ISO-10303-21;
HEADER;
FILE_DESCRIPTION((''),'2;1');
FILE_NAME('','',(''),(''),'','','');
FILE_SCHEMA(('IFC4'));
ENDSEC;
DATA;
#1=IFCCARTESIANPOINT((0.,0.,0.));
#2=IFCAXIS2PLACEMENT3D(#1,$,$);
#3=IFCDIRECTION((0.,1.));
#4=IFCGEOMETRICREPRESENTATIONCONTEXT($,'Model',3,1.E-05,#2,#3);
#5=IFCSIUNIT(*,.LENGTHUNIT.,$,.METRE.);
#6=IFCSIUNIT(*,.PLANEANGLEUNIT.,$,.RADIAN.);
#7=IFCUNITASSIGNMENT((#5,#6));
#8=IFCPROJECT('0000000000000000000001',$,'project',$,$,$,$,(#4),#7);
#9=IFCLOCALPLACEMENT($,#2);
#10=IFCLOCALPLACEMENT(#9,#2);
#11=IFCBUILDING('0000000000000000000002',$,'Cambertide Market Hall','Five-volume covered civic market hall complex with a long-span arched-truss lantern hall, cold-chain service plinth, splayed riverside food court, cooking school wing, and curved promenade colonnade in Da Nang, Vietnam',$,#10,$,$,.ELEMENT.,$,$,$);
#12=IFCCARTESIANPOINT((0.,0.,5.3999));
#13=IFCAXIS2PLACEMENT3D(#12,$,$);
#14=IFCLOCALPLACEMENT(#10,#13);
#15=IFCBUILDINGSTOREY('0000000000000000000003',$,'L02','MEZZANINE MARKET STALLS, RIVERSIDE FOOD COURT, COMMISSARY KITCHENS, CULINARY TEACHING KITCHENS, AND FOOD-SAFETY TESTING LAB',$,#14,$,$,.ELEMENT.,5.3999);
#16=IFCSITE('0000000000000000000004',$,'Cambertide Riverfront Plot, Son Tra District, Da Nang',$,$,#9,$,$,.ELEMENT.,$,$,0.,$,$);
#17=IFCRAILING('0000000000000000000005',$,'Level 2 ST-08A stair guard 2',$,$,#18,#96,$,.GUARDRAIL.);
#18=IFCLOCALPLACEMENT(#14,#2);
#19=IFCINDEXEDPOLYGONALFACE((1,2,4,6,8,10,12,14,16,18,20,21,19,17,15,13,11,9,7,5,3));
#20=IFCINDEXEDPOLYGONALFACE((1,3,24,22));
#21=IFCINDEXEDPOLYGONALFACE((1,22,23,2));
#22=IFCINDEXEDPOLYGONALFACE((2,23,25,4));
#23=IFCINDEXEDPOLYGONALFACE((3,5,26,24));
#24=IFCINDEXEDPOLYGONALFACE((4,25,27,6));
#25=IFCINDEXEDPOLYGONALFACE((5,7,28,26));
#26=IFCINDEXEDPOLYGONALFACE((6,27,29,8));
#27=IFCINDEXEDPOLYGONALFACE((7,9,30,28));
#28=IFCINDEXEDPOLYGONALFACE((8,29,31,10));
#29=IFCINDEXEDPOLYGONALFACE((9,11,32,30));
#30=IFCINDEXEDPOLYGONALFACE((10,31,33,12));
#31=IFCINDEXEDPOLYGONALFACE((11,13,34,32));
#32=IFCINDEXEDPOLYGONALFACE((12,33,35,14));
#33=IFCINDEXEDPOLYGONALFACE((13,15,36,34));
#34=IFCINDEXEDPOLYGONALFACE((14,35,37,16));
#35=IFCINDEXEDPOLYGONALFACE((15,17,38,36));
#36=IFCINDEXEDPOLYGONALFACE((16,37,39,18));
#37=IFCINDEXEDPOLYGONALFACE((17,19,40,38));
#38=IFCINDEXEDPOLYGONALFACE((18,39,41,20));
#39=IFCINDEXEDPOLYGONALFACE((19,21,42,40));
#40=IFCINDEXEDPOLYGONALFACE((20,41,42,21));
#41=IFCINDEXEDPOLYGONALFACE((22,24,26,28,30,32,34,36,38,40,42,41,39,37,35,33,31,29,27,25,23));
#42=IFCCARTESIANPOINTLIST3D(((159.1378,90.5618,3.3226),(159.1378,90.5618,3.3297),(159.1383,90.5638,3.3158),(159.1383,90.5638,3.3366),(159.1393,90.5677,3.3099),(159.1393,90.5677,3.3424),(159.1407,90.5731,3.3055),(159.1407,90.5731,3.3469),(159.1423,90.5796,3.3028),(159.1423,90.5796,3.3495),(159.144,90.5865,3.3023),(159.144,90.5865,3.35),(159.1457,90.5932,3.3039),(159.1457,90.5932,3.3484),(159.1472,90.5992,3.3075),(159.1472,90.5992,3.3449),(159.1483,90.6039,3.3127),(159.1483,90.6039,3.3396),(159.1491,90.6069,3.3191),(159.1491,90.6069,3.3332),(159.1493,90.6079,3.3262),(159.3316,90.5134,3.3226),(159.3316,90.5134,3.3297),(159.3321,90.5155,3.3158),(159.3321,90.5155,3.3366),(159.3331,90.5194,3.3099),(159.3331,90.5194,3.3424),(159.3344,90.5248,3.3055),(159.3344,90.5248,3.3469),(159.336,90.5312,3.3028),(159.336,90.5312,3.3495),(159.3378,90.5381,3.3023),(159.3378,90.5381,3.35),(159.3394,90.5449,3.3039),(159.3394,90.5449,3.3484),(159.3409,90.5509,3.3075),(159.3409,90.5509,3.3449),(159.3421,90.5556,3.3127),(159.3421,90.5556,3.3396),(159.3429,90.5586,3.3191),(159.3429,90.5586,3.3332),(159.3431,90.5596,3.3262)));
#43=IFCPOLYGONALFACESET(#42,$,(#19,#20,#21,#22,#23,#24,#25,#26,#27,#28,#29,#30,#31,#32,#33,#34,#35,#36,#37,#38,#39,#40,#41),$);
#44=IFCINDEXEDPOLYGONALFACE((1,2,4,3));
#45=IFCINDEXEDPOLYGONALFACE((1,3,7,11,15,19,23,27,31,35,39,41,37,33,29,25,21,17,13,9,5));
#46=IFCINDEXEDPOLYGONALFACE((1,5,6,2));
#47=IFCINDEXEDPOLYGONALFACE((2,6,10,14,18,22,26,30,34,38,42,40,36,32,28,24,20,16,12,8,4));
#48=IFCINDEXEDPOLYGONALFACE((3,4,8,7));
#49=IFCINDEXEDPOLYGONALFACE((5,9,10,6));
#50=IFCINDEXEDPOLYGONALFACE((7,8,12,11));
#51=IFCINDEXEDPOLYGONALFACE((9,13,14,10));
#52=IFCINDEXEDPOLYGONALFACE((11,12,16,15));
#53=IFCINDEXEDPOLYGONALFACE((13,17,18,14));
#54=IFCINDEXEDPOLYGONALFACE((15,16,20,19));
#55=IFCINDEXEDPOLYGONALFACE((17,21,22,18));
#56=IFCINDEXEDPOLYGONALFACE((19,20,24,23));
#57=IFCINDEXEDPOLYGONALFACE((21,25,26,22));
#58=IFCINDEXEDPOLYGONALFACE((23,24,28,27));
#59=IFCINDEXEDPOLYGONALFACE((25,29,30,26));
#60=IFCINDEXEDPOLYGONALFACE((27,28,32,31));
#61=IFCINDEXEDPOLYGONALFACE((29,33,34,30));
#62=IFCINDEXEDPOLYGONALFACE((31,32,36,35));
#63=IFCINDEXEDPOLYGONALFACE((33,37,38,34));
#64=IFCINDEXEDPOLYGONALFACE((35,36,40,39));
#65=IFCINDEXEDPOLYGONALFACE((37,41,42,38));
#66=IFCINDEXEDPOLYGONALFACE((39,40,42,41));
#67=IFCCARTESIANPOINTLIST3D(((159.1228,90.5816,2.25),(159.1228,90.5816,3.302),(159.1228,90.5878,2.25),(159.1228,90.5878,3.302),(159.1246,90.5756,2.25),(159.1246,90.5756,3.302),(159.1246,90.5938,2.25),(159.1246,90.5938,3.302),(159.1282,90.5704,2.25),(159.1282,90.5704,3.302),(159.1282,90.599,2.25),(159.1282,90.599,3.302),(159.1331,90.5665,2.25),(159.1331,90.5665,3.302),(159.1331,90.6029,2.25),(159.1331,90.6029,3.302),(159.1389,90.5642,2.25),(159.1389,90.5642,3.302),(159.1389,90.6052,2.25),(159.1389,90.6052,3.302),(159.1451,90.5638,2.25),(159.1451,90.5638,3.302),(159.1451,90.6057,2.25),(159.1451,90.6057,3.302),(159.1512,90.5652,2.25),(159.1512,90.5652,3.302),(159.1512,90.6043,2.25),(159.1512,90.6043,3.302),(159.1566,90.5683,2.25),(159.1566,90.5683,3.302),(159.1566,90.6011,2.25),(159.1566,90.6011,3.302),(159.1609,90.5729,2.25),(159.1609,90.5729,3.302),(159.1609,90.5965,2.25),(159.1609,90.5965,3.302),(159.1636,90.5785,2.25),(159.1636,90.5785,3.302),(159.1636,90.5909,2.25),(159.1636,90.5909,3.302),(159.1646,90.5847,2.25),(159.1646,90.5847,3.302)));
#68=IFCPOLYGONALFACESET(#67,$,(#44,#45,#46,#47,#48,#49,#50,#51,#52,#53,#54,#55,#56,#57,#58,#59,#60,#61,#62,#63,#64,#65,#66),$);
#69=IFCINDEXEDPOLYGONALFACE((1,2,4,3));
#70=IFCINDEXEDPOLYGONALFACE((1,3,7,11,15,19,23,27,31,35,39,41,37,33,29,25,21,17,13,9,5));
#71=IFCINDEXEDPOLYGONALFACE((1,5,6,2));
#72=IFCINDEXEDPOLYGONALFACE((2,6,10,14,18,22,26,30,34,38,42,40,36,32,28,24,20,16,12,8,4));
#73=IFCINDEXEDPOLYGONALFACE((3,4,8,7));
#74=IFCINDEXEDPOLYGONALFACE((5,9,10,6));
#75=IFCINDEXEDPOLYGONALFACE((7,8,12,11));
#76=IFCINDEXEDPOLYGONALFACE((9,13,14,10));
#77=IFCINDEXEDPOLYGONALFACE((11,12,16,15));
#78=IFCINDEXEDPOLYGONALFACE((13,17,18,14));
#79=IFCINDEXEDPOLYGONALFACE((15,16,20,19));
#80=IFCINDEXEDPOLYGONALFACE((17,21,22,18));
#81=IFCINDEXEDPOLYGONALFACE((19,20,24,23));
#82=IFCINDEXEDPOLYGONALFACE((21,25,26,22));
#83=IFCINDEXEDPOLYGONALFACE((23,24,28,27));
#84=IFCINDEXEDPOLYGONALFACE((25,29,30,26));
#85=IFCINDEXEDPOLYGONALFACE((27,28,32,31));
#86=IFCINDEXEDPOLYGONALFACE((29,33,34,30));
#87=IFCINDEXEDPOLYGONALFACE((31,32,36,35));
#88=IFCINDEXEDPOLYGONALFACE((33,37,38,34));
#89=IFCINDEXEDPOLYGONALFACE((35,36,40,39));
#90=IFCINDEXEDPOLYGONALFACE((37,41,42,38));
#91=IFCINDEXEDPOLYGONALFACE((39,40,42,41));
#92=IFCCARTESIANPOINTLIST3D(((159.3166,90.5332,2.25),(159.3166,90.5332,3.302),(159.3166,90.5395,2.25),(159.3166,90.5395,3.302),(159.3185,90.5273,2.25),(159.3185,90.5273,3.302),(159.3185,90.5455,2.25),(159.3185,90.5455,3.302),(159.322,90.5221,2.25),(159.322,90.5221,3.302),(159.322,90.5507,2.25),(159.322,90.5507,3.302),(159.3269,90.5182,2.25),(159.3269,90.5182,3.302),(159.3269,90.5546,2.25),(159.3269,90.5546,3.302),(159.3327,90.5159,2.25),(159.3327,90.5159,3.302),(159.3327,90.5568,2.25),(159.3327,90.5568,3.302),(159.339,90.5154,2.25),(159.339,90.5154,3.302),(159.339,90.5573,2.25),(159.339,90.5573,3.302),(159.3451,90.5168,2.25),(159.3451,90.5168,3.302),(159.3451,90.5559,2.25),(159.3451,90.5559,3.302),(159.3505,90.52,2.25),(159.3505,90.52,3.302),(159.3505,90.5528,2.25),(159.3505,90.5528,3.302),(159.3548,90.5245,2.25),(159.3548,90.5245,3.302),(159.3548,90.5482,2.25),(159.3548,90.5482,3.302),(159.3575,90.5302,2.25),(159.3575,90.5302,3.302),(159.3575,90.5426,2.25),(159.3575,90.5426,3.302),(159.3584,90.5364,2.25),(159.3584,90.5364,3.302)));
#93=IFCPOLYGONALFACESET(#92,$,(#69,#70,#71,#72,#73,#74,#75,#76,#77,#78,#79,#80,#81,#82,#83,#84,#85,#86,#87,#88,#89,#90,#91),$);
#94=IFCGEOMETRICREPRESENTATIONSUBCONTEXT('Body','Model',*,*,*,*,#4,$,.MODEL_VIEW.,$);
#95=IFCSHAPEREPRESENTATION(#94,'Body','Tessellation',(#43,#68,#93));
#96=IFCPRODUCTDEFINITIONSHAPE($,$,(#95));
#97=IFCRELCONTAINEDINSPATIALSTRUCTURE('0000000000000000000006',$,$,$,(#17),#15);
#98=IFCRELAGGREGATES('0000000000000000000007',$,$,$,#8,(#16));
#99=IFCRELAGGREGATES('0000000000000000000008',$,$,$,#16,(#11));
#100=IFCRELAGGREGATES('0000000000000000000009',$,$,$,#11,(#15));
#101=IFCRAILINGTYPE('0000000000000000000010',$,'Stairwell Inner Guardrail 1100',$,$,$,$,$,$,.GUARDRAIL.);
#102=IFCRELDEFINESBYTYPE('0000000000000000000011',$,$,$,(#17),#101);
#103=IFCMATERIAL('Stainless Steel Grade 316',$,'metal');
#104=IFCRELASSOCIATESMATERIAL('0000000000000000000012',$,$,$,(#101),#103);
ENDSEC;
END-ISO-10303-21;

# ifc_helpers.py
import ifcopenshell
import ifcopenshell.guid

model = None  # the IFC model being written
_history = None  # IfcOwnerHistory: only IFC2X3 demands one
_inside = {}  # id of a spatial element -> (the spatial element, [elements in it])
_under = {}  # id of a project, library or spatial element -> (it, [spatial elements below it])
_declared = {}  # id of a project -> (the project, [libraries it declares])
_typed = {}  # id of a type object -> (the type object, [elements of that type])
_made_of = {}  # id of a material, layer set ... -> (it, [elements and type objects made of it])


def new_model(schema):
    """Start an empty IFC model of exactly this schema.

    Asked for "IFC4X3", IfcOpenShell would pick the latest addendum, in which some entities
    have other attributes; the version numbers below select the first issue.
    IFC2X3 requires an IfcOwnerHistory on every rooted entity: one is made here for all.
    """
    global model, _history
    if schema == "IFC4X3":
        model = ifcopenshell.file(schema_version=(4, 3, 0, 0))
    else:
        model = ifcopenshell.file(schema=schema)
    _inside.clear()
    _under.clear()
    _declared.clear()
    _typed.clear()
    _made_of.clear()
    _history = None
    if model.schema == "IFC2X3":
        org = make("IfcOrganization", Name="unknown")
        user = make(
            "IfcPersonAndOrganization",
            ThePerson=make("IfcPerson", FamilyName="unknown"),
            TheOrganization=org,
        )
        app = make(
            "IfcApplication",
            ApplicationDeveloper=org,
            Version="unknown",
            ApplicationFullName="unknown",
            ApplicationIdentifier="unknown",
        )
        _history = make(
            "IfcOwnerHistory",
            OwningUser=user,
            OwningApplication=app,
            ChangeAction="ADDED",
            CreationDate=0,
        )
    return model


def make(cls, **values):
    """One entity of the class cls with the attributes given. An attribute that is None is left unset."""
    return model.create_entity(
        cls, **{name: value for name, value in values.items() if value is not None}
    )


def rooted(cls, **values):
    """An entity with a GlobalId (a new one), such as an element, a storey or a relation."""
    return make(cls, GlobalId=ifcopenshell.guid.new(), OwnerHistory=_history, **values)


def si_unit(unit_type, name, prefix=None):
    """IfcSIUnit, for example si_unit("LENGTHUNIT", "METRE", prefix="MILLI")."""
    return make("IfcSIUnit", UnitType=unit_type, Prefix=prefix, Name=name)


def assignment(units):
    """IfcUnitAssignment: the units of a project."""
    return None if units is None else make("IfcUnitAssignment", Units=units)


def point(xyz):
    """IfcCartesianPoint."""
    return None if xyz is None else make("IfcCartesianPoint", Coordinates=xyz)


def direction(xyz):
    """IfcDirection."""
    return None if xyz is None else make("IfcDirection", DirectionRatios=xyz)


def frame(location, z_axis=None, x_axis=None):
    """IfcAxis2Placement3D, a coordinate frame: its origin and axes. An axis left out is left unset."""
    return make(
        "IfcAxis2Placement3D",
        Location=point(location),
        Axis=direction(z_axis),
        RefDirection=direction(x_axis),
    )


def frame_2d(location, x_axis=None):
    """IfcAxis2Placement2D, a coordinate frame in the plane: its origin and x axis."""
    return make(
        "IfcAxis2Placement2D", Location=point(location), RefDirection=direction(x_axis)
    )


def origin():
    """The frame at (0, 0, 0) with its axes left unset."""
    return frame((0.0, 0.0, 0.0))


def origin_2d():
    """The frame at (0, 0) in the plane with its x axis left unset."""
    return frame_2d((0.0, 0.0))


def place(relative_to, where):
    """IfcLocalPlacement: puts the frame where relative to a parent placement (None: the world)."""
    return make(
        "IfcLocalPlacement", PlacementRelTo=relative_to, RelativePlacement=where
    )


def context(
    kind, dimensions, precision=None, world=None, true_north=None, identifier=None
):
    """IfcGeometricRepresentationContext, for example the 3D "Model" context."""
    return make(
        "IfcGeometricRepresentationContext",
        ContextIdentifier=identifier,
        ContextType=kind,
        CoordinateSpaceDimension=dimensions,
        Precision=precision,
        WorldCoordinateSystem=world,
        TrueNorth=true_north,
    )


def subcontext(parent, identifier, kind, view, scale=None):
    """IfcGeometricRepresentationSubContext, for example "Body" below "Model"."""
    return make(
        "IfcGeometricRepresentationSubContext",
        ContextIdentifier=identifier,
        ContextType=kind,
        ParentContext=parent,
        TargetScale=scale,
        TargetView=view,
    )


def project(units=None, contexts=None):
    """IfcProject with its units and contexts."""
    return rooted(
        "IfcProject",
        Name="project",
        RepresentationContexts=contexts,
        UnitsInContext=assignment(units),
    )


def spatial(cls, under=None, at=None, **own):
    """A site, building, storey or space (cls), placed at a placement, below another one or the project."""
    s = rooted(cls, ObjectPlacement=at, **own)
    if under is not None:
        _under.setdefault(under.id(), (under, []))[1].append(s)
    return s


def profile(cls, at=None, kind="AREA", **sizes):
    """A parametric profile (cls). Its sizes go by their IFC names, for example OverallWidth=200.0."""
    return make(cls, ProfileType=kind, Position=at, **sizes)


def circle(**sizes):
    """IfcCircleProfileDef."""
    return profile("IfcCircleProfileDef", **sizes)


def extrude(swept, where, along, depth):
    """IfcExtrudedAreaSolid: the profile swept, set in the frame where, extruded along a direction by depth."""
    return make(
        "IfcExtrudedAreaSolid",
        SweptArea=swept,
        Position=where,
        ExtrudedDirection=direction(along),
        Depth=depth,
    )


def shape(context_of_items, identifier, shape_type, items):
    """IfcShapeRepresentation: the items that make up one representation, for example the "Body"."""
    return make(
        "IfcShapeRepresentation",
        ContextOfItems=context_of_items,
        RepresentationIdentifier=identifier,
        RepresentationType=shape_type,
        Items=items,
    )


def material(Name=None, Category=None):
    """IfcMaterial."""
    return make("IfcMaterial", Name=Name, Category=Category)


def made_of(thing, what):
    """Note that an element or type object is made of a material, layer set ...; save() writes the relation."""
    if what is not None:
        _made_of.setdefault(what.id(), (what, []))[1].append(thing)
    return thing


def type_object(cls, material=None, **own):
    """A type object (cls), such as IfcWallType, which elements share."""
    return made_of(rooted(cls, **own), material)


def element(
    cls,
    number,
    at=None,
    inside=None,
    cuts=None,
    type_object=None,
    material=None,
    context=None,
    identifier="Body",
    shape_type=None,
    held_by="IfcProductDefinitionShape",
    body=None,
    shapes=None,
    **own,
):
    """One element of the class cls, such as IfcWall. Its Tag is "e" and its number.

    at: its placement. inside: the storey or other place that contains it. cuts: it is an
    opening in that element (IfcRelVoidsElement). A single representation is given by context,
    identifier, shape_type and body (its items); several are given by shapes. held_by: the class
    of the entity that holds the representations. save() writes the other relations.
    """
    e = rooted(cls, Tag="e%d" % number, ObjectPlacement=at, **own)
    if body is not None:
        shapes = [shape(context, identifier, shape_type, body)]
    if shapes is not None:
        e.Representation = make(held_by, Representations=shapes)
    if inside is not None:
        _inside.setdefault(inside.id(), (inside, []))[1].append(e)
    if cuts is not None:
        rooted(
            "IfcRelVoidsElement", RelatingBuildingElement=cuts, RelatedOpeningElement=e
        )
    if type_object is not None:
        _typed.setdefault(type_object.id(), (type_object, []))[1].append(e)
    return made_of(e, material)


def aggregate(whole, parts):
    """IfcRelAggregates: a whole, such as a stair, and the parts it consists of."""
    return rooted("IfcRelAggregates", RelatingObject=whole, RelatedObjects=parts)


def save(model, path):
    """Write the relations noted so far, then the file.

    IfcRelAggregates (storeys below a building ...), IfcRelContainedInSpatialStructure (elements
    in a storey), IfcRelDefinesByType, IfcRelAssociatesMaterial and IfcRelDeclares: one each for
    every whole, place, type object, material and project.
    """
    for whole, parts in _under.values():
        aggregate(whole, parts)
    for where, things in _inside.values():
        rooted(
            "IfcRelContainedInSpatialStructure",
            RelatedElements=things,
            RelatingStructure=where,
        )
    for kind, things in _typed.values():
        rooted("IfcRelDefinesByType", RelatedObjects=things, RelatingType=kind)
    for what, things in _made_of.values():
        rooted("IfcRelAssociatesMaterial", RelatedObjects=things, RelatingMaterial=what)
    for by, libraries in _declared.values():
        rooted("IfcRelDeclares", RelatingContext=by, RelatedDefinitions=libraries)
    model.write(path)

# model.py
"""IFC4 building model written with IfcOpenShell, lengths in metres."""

from ifc_helpers import new_model, si_unit, direction, frame, origin, origin_2d, place, context, subcontext, project, spatial, circle, extrude, material, type_object, element, save


model = new_model("IFC4")

# Units and contexts
model_context = context("Model", 3, precision=1e-05, world=origin(), true_north=direction((0.0, 1.0)))
body_context = subcontext(model_context, "Body", "Model", "MODEL_VIEW")
ifc_project = project(units=[si_unit("LENGTHUNIT", "METRE"), si_unit("PLANEANGLEUNIT", "RADIAN")], contexts=[model_context])

# Site, building, storey
site_placement = place(None, origin())
site = spatial("IfcSite", under=ifc_project, at=site_placement, Name="Cambertide Riverfront Plot, Son Tra District, Da Nang", CompositionType="ELEMENT", RefElevation=0.0)
building_placement = place(site_placement, origin())
building = spatial("IfcBuilding", under=site, at=building_placement, Name="Cambertide Market Hall", Description="Five-volume covered civic market hall complex with a long-span arched-truss lantern hall, cold-chain service plinth, splayed riverside food court, cooking school wing, and curved promenade colonnade in Da Nang, Vietnam", CompositionType="ELEMENT")
storey_placement = place(building_placement, frame((0.0, 0.0, 5.3999)))
storey = spatial("IfcBuildingStorey", under=building, at=storey_placement, Name="L02", Description="MEZZANINE MARKET STALLS, RIVERSIDE FOOD COURT, COMMISSARY KITCHENS, CULINARY TEACHING KITCHENS, AND FOOD-SAFETY TESTING LAB", CompositionType="ELEMENT", Elevation=5.3999)

# Railing
ifc_material_1 = material(Name="Stainless Steel Grade 316", Category="metal")
railing_type_1 = type_object("IfcRailingType", Name="Stairwell Inner Guardrail 1100", PredefinedType="GUARDRAIL", material=ifc_material_1)
railing_1_placement = place(storey_placement, frame((159.1436, 90.5847, 2.25)))
element("IfcRailing", 1, at=railing_1_placement, inside=storey, type_object=railing_type_1, Name="Level 2 ST-08A stair guard 2", PredefinedType="GUARDRAIL", context=body_context, shape_type="SweptSolid", body=[
    extrude(circle(Radius=0.0239, at=origin_2d()), frame((0.0, 0.0, 1.0762), z_axis=(0.970286, -0.241961, 0.0), x_axis=(0.241961, 0.970286, 0.0)), (0.0, 0.0, 1.0), 0.1997),
    extrude(circle(Radius=0.021, at=origin_2d()), origin(), (0.0, 0.0, 1.0), 1.052),
    extrude(circle(Radius=0.021, at=origin_2d()), frame((0.1938, -0.0483, 0.0)), (0.0, 0.0, 1.0), 1.052),
])

save(model, "model.ifc")
